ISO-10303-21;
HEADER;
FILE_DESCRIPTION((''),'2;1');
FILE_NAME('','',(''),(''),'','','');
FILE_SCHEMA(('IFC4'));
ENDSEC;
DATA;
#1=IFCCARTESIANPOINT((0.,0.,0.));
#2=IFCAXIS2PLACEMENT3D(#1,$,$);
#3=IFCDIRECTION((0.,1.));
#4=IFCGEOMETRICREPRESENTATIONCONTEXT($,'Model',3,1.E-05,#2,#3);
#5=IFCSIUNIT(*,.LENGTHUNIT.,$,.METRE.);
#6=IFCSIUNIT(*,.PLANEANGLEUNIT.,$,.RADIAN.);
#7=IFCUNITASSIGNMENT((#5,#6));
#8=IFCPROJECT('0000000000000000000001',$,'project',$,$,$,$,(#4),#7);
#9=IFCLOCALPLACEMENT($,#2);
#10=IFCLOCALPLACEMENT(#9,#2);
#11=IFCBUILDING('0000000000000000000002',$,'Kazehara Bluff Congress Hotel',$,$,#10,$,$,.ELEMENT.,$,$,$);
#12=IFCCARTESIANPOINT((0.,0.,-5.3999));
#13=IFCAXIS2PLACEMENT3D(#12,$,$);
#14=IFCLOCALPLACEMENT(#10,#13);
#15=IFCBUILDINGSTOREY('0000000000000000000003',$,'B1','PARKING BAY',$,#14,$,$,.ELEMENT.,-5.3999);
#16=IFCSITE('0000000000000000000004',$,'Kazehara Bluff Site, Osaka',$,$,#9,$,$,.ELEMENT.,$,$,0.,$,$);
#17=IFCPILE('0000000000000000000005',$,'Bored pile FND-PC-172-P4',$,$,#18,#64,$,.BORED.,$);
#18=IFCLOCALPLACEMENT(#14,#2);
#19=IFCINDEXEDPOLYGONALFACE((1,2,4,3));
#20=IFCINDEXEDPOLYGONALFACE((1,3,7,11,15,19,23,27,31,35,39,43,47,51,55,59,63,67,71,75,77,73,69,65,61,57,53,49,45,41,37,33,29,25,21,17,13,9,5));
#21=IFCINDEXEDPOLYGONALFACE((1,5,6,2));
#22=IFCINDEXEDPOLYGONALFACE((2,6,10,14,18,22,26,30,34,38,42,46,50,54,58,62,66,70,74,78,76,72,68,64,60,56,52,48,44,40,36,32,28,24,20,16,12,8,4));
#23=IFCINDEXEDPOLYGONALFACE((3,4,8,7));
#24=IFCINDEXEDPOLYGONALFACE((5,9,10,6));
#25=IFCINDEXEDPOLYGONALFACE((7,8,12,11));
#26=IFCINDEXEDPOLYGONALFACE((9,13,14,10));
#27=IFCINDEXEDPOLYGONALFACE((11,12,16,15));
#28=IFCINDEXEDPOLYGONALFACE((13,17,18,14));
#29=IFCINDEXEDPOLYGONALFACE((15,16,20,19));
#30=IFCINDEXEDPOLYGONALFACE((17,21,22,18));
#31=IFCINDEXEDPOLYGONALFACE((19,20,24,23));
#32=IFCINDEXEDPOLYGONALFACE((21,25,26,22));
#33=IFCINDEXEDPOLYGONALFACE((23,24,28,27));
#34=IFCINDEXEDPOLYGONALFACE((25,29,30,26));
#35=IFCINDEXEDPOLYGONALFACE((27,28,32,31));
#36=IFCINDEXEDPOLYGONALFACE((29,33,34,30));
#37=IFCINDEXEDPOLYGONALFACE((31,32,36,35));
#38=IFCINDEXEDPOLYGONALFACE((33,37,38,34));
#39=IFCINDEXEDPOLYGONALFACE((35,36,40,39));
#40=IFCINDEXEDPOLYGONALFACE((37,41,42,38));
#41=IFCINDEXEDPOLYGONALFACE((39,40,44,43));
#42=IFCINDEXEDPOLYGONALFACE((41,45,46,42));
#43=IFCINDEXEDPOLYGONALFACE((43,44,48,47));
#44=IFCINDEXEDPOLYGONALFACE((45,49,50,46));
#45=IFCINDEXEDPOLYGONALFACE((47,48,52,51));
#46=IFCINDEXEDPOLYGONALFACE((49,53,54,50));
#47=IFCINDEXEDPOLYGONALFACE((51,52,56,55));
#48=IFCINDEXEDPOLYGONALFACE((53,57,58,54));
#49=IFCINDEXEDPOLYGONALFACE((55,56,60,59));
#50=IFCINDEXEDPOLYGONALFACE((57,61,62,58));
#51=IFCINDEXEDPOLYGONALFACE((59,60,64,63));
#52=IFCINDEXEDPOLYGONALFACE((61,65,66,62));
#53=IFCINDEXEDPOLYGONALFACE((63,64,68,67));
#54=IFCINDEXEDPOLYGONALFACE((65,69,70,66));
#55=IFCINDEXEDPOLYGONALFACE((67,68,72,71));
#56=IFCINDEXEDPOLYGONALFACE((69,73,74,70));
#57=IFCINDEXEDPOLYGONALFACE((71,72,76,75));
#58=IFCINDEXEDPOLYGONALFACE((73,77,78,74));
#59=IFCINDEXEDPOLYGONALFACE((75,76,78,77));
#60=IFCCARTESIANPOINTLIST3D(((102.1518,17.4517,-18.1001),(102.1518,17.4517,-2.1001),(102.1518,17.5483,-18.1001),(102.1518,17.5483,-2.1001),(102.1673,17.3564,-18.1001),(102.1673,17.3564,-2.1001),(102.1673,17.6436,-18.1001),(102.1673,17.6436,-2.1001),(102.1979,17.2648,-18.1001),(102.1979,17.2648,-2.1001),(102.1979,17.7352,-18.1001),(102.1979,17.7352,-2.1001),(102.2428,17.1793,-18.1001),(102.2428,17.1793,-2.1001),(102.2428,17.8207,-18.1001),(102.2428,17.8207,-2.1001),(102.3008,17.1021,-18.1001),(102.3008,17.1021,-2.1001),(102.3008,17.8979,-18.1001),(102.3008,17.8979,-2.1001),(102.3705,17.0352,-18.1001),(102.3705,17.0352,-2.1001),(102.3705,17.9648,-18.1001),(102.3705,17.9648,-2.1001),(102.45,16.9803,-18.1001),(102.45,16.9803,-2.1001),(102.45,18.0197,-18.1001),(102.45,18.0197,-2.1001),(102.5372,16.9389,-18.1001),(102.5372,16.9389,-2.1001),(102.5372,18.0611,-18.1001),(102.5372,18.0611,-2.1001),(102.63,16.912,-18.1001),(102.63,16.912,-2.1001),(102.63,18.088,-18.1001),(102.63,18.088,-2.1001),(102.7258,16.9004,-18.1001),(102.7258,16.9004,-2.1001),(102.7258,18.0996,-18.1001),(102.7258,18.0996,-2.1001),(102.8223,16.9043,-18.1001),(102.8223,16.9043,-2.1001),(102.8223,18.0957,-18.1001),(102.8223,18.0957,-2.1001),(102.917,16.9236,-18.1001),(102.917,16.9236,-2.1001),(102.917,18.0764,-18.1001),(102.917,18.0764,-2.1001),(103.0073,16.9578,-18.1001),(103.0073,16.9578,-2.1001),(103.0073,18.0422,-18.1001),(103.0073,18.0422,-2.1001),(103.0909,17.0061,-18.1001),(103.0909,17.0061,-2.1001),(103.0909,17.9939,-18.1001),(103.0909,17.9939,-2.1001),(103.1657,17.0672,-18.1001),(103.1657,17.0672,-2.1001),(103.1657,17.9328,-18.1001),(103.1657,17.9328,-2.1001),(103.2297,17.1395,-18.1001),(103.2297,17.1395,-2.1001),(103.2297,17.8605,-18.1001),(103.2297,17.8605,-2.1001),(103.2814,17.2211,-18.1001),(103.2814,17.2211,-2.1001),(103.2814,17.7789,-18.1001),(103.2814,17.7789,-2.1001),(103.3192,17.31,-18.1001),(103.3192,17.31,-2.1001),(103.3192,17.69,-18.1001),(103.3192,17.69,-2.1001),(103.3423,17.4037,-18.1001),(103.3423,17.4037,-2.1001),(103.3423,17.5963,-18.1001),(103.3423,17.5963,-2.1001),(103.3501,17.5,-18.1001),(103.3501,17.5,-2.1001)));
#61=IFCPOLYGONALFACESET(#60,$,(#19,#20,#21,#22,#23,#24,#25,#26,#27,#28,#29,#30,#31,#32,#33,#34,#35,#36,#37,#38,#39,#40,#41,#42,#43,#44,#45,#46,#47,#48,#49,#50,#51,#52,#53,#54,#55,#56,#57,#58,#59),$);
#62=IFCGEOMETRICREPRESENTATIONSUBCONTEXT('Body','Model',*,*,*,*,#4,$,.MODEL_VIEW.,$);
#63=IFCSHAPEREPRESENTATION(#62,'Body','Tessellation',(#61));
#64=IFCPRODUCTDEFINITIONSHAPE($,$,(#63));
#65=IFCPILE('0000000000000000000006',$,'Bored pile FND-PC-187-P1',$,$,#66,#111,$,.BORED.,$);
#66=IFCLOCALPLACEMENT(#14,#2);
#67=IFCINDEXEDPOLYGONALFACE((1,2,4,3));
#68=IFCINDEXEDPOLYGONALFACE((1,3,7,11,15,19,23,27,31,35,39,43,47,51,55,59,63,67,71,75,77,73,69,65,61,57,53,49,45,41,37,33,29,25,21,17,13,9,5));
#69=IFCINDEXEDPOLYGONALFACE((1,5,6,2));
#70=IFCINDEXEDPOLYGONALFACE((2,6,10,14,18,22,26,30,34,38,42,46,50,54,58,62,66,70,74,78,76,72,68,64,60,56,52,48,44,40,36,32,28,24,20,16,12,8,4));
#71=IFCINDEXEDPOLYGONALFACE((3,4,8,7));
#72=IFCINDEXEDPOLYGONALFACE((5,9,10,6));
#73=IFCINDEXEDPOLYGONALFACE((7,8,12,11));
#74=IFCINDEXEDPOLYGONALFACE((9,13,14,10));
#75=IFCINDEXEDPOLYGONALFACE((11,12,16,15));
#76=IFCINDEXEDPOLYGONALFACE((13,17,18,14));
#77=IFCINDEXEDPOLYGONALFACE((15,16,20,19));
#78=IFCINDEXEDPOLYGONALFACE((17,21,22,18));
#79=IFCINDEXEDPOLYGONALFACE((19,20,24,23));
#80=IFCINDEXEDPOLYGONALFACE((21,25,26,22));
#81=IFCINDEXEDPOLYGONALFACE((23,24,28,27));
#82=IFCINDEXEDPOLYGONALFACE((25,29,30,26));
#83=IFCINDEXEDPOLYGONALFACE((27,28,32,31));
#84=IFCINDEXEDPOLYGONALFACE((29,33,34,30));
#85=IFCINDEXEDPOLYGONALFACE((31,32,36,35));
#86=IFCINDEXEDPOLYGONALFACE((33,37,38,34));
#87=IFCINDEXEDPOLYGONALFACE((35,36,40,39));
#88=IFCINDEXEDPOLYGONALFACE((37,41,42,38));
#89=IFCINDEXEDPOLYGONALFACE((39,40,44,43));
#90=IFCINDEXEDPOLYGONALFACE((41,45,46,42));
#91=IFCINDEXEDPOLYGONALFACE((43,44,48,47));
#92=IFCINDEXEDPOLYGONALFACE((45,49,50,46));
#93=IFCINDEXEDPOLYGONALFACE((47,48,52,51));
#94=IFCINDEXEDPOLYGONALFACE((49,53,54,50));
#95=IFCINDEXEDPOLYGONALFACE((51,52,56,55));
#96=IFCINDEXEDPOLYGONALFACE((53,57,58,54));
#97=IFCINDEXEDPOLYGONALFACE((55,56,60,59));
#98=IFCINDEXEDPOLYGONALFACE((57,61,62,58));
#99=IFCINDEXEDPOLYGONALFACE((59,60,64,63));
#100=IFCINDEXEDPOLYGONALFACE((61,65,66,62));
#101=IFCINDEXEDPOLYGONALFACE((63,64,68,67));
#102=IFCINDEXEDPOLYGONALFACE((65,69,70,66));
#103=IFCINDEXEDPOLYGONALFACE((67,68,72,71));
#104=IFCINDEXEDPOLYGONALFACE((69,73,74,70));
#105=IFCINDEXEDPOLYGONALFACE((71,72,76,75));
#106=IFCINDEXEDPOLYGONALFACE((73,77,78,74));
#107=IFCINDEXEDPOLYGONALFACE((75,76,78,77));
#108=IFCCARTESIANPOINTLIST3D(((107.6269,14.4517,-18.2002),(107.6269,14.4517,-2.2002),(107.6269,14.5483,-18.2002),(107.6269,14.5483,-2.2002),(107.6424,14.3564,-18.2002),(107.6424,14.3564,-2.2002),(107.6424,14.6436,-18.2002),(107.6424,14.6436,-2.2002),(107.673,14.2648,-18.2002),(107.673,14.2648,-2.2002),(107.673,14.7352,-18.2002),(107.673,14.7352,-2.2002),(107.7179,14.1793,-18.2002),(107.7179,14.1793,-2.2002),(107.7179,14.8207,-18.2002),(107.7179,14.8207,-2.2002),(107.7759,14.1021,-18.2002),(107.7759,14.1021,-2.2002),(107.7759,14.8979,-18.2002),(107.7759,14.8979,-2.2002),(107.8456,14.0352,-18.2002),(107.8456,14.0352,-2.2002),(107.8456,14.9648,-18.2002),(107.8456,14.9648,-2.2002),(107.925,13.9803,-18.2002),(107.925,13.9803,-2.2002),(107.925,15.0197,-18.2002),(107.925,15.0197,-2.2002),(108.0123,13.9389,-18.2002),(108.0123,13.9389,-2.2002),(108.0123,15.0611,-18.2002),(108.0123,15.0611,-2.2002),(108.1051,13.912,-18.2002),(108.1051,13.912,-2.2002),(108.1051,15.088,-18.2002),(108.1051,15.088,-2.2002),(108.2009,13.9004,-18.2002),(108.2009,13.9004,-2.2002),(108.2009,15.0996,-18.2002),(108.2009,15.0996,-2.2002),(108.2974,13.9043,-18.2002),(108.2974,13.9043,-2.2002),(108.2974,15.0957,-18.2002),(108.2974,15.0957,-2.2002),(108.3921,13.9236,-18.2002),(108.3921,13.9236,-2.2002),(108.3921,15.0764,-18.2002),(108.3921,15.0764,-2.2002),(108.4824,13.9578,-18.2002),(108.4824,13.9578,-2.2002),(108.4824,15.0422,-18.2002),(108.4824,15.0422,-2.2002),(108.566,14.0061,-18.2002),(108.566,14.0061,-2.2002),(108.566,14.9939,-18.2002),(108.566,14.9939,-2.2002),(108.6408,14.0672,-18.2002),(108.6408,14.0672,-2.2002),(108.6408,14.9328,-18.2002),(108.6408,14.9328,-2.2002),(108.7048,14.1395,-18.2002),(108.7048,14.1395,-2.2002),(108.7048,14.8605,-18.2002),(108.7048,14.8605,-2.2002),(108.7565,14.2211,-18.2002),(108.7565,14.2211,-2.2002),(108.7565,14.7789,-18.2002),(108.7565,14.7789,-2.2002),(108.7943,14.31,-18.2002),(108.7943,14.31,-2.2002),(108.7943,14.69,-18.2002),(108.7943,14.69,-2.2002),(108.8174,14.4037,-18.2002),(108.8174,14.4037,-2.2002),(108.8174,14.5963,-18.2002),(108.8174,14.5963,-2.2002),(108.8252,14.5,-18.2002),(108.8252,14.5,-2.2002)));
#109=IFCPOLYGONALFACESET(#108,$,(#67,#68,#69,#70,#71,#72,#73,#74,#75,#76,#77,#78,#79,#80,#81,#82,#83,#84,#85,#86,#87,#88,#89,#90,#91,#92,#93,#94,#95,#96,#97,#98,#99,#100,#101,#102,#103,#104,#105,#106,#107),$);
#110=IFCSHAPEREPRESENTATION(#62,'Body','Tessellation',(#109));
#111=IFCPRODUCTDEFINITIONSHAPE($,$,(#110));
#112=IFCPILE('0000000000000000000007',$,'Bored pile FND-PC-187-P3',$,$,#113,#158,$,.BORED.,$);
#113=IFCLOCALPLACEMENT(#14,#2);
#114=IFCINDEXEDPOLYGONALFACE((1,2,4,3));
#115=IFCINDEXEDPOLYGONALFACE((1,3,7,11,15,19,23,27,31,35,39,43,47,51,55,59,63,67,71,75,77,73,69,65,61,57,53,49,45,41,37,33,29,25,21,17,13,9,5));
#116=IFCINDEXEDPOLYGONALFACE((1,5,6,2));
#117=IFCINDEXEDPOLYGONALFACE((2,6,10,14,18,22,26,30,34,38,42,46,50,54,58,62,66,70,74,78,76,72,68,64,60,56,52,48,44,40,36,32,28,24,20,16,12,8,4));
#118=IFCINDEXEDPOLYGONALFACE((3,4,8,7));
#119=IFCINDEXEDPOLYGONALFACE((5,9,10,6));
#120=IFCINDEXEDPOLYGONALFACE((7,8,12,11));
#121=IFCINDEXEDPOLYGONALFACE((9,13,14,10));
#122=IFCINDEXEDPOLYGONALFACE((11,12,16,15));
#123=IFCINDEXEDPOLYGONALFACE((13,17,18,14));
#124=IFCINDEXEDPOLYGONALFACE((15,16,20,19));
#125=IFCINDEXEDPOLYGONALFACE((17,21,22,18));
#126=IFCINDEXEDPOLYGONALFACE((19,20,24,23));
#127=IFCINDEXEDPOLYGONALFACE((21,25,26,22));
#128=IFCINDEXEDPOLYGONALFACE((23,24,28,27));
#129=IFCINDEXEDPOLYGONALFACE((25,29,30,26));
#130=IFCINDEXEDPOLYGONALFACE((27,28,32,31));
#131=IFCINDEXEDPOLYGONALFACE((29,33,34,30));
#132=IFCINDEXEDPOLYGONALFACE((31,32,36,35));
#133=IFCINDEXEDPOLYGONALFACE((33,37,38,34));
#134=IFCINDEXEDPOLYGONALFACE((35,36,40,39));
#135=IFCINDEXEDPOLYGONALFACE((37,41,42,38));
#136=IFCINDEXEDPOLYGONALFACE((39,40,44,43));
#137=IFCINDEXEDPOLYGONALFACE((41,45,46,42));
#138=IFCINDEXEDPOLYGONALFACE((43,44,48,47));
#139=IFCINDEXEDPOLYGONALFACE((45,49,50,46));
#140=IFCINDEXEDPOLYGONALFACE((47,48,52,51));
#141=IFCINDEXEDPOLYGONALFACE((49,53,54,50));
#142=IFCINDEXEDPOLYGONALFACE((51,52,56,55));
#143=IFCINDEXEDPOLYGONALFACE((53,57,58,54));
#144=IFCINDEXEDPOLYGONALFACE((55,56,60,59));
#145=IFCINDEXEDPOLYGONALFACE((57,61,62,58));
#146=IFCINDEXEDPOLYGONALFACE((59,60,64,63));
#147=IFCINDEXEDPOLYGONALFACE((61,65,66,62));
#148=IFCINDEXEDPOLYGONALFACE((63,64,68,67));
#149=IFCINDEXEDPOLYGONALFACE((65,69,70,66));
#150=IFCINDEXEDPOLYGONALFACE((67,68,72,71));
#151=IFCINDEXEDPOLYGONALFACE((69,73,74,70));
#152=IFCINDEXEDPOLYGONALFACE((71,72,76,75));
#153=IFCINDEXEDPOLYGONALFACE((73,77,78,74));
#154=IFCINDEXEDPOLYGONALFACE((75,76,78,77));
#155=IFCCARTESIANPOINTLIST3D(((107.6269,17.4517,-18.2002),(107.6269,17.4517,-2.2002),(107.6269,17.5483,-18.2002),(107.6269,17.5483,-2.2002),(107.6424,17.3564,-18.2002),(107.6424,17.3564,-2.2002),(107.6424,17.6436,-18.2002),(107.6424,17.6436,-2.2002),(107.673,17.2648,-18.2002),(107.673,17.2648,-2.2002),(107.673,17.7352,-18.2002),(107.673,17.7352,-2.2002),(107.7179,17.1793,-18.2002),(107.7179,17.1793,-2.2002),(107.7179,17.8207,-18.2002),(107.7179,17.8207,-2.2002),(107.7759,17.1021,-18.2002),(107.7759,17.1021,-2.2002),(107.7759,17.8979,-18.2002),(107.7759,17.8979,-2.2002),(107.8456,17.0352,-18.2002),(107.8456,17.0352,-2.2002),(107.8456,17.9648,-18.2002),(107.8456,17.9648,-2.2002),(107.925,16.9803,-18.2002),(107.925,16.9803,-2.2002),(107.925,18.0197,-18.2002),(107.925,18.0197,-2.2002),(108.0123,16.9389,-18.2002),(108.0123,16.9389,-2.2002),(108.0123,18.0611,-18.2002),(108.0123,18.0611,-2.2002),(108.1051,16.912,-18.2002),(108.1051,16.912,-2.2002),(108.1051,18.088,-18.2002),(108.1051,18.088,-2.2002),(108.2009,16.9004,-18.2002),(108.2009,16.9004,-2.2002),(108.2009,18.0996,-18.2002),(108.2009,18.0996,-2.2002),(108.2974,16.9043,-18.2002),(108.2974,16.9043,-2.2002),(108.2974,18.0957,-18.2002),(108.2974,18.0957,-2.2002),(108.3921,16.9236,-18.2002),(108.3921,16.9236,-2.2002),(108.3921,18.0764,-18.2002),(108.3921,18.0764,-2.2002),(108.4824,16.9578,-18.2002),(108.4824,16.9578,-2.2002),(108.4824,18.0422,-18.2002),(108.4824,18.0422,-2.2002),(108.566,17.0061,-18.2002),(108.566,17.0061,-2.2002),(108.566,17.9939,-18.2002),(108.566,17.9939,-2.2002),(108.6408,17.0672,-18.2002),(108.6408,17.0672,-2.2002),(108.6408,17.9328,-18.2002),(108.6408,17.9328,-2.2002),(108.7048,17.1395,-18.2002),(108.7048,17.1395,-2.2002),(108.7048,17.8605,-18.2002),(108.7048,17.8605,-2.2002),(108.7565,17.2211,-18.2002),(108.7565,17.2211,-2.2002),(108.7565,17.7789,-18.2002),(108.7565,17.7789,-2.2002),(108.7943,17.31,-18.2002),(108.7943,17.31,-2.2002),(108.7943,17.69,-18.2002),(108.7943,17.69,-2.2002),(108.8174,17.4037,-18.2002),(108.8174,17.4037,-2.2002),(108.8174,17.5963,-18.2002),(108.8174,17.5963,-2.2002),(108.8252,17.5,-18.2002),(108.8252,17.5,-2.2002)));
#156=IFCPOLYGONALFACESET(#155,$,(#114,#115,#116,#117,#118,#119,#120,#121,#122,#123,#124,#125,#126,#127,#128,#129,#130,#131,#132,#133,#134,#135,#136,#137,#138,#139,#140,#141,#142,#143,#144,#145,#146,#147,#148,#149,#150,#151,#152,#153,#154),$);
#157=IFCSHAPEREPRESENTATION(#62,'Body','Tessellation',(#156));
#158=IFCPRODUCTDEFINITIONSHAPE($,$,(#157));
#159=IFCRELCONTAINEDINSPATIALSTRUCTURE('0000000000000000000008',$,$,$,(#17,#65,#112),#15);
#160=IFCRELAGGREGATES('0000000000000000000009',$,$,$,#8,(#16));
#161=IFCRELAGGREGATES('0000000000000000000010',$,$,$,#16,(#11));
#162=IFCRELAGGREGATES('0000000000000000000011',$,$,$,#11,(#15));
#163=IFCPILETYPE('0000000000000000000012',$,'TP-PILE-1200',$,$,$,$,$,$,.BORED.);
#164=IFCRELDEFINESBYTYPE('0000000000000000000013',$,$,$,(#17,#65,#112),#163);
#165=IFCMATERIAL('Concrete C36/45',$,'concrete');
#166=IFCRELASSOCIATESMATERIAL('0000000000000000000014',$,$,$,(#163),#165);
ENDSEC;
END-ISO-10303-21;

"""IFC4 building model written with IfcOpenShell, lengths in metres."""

from ifc_helpers import new_model, si_unit, direction, frame, origin, origin_2d, place, context, subcontext, project, spatial, circle, extrude, material, material_profile, profile_set, type_object, element, save


model = new_model("IFC4")

# Units and contexts
model_context = context("Model", 3, precision=1e-05, world=origin(), true_north=direction((0.0, 1.0)))
body_context = subcontext(model_context, "Body", "Model", "MODEL_VIEW")
ifc_project = project(units=[si_unit("LENGTHUNIT", "METRE"), si_unit("PLANEANGLEUNIT", "RADIAN")], contexts=[model_context])

# Site, building, storey
site_placement = place(None, origin())
site = spatial("IfcSite", under=ifc_project, at=site_placement, Name="Kazehara Bluff Site, Osaka", CompositionType="ELEMENT", RefElevation=0.0)
building_placement = place(site_placement, origin())
building = spatial("IfcBuilding", under=site, at=building_placement, Name="Kazehara Bluff Congress Hotel", CompositionType="ELEMENT")
storey_placement = place(building_placement, frame((0.0, 0.0, -5.3999)))
storey = spatial("IfcBuildingStorey", under=building, at=storey_placement, Name="B1", Description="PARKING BAY", CompositionType="ELEMENT", Elevation=-5.3999)

# Piles
ifc_material_1 = material(Name="Concrete C36/45", Category="concrete")
ifc_material_profile_1 = material_profile(ifc_material_1, circle(Radius=0.6001, at=origin_2d()))
ifc_profile_set_1 = profile_set([ifc_material_profile_1], Name="Concrete C36/45")
pile_type = type_object("IfcPileType", Name="TP-PILE-1200", PredefinedType="BORED", material=ifc_profile_set_1)
for number, where, z_axis, x_axis, name in (
    (1, (102.75, 17.5, -2.1001), (0.0, 0.0, -1.0), (1.0, 0.0, 0.0), "Bored pile FND-PC-172-P4"),
    (2, (108.2251, 14.5, -2.2002), (0.0, 0.0, -1.0), (1.0, 0.0, 0.0), "Bored pile FND-PC-187-P1"),
    (3, (108.2251, 17.5, -2.2002), (0.0, 0.0, -1.0), (1.0, 0.0, 0.0), "Bored pile FND-PC-187-P3"),
):
    element("IfcPile", number, at=place(storey_placement, frame(where, z_axis=z_axis, x_axis=x_axis)), inside=storey, type_object=pile_type, Name=name, PredefinedType="BORED", context=body_context, shape_type="SweptSolid", body=[
        extrude(circle(Radius=0.6001, at=origin_2d()), origin(), (0.0, 0.0, 1.0), 16.0),
    ])

save(model, "model.ifc")
